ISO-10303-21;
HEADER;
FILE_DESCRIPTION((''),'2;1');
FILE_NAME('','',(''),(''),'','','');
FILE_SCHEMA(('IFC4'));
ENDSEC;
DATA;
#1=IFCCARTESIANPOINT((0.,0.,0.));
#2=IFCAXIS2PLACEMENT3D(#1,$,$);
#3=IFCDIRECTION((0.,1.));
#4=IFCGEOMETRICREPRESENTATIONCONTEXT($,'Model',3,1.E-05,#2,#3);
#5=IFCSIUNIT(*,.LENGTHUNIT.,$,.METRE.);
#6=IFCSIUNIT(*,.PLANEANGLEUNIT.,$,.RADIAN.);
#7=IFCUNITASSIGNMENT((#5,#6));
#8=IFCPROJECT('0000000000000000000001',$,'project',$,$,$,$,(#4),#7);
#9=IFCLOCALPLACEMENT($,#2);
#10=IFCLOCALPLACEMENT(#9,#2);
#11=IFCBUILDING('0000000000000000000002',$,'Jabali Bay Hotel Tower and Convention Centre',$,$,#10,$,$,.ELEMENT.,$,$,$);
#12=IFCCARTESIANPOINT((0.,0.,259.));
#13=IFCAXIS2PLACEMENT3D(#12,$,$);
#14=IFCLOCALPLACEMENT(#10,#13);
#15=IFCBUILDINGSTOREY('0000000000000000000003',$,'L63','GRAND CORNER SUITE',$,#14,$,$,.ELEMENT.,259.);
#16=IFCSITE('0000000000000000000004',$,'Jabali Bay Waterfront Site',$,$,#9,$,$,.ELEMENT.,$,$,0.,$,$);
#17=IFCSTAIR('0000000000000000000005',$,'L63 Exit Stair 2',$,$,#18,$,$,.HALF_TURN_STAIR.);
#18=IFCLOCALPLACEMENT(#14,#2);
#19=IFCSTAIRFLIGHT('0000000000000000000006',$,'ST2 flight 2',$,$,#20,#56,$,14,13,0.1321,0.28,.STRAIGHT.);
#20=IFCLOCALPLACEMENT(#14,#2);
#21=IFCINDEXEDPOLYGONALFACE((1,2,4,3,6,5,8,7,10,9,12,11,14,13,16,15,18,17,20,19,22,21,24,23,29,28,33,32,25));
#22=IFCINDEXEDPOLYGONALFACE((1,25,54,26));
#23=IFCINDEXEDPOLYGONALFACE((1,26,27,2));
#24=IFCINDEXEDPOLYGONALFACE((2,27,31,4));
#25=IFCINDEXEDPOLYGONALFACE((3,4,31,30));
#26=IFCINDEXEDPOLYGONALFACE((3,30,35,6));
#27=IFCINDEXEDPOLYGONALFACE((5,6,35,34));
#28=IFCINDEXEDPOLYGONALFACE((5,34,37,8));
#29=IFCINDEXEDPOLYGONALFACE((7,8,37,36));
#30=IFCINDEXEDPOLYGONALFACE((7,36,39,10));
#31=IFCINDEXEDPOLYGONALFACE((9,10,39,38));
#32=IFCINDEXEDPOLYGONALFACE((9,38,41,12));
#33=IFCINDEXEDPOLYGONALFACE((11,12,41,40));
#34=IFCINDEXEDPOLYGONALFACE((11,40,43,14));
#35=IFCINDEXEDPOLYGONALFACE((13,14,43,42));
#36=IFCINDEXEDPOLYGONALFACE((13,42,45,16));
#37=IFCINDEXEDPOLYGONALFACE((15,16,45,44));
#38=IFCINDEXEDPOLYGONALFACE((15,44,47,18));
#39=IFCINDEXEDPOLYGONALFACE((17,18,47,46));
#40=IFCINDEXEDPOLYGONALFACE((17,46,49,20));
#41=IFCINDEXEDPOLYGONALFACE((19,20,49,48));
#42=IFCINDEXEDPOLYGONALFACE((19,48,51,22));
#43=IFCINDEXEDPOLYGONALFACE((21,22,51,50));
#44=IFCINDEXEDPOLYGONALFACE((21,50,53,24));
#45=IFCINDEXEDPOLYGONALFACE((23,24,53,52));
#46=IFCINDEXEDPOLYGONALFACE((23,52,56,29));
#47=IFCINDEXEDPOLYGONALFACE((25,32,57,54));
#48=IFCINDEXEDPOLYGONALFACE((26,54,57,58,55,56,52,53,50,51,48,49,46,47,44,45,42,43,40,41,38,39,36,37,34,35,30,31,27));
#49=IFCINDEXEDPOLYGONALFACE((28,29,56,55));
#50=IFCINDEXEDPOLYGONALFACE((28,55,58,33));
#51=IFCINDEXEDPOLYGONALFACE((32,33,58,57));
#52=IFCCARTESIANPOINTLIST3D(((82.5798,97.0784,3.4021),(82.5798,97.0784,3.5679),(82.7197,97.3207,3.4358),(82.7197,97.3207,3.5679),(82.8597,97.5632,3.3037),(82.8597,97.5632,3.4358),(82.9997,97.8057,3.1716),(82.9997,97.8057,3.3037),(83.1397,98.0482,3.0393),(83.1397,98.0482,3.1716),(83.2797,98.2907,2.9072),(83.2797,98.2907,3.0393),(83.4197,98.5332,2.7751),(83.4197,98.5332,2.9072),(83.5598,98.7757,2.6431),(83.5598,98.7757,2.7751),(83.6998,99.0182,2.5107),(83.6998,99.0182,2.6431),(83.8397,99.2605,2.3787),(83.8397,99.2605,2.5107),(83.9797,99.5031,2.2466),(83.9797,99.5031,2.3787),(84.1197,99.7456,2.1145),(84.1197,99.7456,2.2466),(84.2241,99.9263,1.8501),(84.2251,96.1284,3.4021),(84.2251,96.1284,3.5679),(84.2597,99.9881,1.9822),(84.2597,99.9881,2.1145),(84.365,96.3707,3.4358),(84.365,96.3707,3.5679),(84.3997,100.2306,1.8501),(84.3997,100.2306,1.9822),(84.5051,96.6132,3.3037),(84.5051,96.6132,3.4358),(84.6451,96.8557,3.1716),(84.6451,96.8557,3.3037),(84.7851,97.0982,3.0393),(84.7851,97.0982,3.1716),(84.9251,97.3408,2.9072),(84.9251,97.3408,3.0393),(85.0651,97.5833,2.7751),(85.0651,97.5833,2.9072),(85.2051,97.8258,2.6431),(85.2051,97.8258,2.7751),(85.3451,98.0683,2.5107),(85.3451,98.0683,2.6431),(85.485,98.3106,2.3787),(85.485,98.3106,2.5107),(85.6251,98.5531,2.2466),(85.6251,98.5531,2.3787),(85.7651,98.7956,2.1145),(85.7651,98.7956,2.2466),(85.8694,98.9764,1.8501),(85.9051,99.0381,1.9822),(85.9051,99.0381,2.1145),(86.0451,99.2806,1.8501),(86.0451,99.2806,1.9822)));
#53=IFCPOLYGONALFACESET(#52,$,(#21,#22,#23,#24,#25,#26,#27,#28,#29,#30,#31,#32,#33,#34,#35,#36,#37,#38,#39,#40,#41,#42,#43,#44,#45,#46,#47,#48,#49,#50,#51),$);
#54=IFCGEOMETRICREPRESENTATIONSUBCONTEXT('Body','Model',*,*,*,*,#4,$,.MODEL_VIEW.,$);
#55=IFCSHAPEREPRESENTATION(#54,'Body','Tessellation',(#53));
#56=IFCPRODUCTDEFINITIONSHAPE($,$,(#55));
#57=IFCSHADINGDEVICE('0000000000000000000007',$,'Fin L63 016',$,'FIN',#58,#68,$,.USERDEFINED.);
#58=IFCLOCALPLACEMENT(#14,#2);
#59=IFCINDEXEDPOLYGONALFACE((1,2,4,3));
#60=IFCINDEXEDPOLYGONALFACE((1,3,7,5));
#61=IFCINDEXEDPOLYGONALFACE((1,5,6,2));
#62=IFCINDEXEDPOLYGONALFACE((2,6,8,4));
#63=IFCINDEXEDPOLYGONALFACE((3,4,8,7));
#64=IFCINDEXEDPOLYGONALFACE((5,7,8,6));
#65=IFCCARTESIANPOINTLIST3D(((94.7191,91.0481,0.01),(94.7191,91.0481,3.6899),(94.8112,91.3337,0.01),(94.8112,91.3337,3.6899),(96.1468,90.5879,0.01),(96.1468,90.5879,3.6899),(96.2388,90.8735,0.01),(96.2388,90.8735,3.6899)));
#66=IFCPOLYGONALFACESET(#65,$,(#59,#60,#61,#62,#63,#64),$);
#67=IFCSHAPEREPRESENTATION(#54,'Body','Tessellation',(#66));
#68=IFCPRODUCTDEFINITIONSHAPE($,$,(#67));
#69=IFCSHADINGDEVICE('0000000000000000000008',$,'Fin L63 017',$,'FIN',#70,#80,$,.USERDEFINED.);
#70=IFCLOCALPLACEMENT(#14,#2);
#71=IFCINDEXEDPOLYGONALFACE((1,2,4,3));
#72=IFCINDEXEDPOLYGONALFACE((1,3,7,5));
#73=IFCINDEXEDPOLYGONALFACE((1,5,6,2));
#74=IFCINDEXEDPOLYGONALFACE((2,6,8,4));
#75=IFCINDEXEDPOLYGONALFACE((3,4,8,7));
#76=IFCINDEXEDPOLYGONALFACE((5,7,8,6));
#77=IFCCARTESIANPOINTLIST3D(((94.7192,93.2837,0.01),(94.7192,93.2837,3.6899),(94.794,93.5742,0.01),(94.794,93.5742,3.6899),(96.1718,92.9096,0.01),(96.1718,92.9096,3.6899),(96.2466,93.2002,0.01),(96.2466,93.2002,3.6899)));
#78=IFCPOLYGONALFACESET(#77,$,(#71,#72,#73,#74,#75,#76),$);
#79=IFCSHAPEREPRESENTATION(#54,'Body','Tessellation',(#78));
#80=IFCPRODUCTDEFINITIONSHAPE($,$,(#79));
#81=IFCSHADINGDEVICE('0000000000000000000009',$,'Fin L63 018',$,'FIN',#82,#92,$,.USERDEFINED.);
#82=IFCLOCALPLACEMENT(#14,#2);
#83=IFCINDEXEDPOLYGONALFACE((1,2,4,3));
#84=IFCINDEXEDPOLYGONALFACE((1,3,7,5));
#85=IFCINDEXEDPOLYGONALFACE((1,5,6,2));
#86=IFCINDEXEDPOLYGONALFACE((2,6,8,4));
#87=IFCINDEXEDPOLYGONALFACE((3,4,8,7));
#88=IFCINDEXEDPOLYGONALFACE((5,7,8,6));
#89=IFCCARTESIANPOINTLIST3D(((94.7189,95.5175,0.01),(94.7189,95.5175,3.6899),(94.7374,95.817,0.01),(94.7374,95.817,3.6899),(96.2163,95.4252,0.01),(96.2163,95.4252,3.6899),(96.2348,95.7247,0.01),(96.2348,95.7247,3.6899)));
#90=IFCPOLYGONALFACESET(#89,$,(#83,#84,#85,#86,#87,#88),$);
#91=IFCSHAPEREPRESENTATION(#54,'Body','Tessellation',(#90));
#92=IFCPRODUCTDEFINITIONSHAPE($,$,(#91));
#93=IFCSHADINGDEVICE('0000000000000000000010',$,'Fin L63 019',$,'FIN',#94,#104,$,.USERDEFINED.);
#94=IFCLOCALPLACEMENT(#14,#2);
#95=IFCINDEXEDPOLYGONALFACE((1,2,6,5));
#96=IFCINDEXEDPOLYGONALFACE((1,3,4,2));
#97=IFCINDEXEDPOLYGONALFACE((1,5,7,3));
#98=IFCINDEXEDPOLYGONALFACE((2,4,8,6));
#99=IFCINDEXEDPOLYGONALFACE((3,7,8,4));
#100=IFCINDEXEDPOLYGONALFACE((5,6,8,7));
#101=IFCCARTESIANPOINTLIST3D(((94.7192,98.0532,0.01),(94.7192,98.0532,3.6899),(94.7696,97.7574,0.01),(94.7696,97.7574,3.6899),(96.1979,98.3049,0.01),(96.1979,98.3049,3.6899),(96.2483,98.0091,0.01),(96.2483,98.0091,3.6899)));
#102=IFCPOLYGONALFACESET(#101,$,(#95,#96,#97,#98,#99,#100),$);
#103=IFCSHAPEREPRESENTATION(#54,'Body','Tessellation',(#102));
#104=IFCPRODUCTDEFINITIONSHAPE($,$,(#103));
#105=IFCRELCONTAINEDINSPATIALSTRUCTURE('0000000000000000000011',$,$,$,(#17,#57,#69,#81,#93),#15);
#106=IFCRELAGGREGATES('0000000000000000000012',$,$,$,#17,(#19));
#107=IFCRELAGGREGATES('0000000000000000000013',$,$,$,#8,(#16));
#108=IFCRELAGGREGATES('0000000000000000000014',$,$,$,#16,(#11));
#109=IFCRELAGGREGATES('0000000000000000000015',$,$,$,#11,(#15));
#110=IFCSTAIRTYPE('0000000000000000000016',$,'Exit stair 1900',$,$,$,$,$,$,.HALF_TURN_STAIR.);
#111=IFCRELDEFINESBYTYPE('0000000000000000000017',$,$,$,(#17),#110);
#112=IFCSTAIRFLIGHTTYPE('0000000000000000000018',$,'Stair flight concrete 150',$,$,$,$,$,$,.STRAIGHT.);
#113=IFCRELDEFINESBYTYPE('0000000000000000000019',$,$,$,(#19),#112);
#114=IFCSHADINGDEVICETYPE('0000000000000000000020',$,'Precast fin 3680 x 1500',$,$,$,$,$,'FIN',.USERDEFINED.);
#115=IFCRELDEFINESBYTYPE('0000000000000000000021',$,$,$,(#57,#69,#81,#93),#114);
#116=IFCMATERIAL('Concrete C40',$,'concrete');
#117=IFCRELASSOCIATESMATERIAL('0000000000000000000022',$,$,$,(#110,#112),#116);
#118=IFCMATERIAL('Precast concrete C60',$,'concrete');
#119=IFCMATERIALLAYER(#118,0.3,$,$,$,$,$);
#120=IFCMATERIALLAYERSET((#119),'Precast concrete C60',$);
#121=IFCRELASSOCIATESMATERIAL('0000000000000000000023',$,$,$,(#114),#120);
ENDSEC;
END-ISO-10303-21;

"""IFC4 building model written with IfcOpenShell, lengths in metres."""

from ifc_helpers import new_model, si_unit, direction, frame, frame_2d, origin, place, context, subcontext, project, spatial, polyline, rectangle, outline, extrude, material, layer, layer_set, type_object, element, aggregate, save


model = new_model("IFC4")

# Units and contexts
model_context = context("Model", 3, precision=1e-05, world=origin(), true_north=direction((0.0, 1.0)))
body_context = subcontext(model_context, "Body", "Model", "MODEL_VIEW")
ifc_project = project(units=[si_unit("LENGTHUNIT", "METRE"), si_unit("PLANEANGLEUNIT", "RADIAN")], contexts=[model_context])

# Site, building, storey
site_placement = place(None, origin())
site = spatial("IfcSite", under=ifc_project, at=site_placement, Name="Jabali Bay Waterfront Site", CompositionType="ELEMENT", RefElevation=0.0)
building_placement = place(site_placement, origin())
building = spatial("IfcBuilding", under=site, at=building_placement, Name="Jabali Bay Hotel Tower and Convention Centre", CompositionType="ELEMENT")
storey_placement = place(building_placement, frame((0.0, 0.0, 259.0)))
storey = spatial("IfcBuildingStorey", under=building, at=storey_placement, Name="L63", Description="GRAND CORNER SUITE", CompositionType="ELEMENT", Elevation=259.0)

# Shared definitions
ifc_material_1 = material(Name="Concrete C40", Category="concrete")

# Stair, stair flight
stair_type = type_object("IfcStairType", Name="Exit stair 1900", PredefinedType="HALF_TURN_STAIR", material=ifc_material_1)
stair_placement = place(storey_placement, origin())
stair = element("IfcStair", 1, at=stair_placement, inside=storey, type_object=stair_type, Name="L63 Exit Stair 2", PredefinedType="HALF_TURN_STAIR")
stair_flight_type = type_object("IfcStairFlightType", Name="Stair flight concrete 150", PredefinedType="STRAIGHT", material=ifc_material_1)
stair_flight_1_placement = place(storey_placement, frame((85.2224, 99.7556, 1.8501), z_axis=(0.0, 0.0, 1.0), x_axis=(-0.5, -0.866025, 0.0)))
stair_flight_1 = element("IfcStairFlight", 2, at=stair_flight_1_placement, type_object=stair_flight_type, Name="ST2 flight 2", NumberOfRisers=14, NumberOfTreads=13, PredefinedType="STRAIGHT", RiserHeight=0.1321, TreadLength=0.28, context=body_context, shape_type="SweptSolid", body=[
    extrude(outline(polyline([(0.0, 0.0), (0.0, 0.1321), (0.28, 0.1321), (0.28, 0.2644), (0.5601, 0.2644), (0.5601, 0.3965), (0.8401, 0.3965), (0.8401, 0.5286), (1.1201, 0.5286), (1.1201, 0.6606), (1.3999, 0.6606), (1.3999, 0.793), (1.6799, 0.793), (1.6799, 0.925), (1.96, 0.925), (1.96, 1.0571), (2.24, 1.0571), (2.24, 1.1892), (2.52, 1.1892), (2.52, 1.3215), (2.8, 1.3215), (2.8, 1.4536), (3.0801, 1.4536), (3.0801, 1.5857), (3.3601, 1.5857), (3.3601, 1.7178), (3.6399, 1.7178), (3.6399, 1.8501), (3.6399, 1.552), (0.3513, 0.0), (0.0, 0.0)])), frame((0.0, 0.95, 0.0), z_axis=(0.0, -1.0, 0.0), x_axis=(1.0, 0.0, 0.0)), (0.0, 0.0, 1.0), 1.8999),
])
aggregate(stair, [stair_flight_1])

# Shading devices
ifc_material_2 = material(Name="Precast concrete C60", Category="concrete")
ifc_layer_1 = layer(ifc_material_2, 0.3)
ifc_layer_set_1 = layer_set([ifc_layer_1], Name="Precast concrete C60")
shading_device_type = type_object("IfcShadingDeviceType", Name="Precast fin 3680 x 1500", ElementType="FIN", PredefinedType="USERDEFINED", material=ifc_layer_set_1)
for number, where, z_axis, x_axis, name in (
    (3, (94.7651, 91.1909, 0.01), (0.0, 0.0, 1.0), (0.951778, -0.306789, 0.0), "Fin L63 016"),
    (4, (94.7566, 93.429, 0.01), (0.0, 0.0, 1.0), (0.968414, -0.249346, 0.0), "Fin L63 017"),
):
    element("IfcShadingDevice", number, at=place(storey_placement, frame(where, z_axis=z_axis, x_axis=x_axis)), inside=storey, type_object=shading_device_type, Name=name, ObjectType="FIN", PredefinedType="USERDEFINED", context=body_context, shape_type="SweptSolid", body=[
        extrude(rectangle(XDim=1.5, YDim=0.3, at=frame_2d((0.75, 0.0))), origin(), (0.0, 0.0, 1.0), 3.6799),
    ])
shading_device_1_placement = place(storey_placement, frame((94.7283, 95.6672, 0.01), z_axis=(0.0, 0.0, 1.0), x_axis=(0.998106, -0.061517, 0.0)))
element("IfcShadingDevice", 5, at=shading_device_1_placement, inside=storey, type_object=shading_device_type, Name="Fin L63 018", ObjectType="FIN", PredefinedType="USERDEFINED", context=body_context, shape_type="SweptSolid", body=[
    extrude(rectangle(XDim=1.5002, YDim=0.3, at=frame_2d((0.75, 0.0))), origin(), (0.0, 0.0, 1.0), 3.6799),
])
shading_device_2_placement = place(storey_placement, frame((94.7444, 97.9053, 0.01), z_axis=(0.0, 0.0, 1.0), x_axis=(0.985821, 0.167803, 0.0)))
element("IfcShadingDevice", 6, at=shading_device_2_placement, inside=storey, type_object=shading_device_type, Name="Fin L63 019", ObjectType="FIN", PredefinedType="USERDEFINED", context=body_context, shape_type="SweptSolid", body=[
    extrude(rectangle(XDim=1.5, YDim=0.3, at=frame_2d((0.75, 0.0))), origin(), (0.0, 0.0, 1.0), 3.6799),
])

save(model, "model.ifc")
